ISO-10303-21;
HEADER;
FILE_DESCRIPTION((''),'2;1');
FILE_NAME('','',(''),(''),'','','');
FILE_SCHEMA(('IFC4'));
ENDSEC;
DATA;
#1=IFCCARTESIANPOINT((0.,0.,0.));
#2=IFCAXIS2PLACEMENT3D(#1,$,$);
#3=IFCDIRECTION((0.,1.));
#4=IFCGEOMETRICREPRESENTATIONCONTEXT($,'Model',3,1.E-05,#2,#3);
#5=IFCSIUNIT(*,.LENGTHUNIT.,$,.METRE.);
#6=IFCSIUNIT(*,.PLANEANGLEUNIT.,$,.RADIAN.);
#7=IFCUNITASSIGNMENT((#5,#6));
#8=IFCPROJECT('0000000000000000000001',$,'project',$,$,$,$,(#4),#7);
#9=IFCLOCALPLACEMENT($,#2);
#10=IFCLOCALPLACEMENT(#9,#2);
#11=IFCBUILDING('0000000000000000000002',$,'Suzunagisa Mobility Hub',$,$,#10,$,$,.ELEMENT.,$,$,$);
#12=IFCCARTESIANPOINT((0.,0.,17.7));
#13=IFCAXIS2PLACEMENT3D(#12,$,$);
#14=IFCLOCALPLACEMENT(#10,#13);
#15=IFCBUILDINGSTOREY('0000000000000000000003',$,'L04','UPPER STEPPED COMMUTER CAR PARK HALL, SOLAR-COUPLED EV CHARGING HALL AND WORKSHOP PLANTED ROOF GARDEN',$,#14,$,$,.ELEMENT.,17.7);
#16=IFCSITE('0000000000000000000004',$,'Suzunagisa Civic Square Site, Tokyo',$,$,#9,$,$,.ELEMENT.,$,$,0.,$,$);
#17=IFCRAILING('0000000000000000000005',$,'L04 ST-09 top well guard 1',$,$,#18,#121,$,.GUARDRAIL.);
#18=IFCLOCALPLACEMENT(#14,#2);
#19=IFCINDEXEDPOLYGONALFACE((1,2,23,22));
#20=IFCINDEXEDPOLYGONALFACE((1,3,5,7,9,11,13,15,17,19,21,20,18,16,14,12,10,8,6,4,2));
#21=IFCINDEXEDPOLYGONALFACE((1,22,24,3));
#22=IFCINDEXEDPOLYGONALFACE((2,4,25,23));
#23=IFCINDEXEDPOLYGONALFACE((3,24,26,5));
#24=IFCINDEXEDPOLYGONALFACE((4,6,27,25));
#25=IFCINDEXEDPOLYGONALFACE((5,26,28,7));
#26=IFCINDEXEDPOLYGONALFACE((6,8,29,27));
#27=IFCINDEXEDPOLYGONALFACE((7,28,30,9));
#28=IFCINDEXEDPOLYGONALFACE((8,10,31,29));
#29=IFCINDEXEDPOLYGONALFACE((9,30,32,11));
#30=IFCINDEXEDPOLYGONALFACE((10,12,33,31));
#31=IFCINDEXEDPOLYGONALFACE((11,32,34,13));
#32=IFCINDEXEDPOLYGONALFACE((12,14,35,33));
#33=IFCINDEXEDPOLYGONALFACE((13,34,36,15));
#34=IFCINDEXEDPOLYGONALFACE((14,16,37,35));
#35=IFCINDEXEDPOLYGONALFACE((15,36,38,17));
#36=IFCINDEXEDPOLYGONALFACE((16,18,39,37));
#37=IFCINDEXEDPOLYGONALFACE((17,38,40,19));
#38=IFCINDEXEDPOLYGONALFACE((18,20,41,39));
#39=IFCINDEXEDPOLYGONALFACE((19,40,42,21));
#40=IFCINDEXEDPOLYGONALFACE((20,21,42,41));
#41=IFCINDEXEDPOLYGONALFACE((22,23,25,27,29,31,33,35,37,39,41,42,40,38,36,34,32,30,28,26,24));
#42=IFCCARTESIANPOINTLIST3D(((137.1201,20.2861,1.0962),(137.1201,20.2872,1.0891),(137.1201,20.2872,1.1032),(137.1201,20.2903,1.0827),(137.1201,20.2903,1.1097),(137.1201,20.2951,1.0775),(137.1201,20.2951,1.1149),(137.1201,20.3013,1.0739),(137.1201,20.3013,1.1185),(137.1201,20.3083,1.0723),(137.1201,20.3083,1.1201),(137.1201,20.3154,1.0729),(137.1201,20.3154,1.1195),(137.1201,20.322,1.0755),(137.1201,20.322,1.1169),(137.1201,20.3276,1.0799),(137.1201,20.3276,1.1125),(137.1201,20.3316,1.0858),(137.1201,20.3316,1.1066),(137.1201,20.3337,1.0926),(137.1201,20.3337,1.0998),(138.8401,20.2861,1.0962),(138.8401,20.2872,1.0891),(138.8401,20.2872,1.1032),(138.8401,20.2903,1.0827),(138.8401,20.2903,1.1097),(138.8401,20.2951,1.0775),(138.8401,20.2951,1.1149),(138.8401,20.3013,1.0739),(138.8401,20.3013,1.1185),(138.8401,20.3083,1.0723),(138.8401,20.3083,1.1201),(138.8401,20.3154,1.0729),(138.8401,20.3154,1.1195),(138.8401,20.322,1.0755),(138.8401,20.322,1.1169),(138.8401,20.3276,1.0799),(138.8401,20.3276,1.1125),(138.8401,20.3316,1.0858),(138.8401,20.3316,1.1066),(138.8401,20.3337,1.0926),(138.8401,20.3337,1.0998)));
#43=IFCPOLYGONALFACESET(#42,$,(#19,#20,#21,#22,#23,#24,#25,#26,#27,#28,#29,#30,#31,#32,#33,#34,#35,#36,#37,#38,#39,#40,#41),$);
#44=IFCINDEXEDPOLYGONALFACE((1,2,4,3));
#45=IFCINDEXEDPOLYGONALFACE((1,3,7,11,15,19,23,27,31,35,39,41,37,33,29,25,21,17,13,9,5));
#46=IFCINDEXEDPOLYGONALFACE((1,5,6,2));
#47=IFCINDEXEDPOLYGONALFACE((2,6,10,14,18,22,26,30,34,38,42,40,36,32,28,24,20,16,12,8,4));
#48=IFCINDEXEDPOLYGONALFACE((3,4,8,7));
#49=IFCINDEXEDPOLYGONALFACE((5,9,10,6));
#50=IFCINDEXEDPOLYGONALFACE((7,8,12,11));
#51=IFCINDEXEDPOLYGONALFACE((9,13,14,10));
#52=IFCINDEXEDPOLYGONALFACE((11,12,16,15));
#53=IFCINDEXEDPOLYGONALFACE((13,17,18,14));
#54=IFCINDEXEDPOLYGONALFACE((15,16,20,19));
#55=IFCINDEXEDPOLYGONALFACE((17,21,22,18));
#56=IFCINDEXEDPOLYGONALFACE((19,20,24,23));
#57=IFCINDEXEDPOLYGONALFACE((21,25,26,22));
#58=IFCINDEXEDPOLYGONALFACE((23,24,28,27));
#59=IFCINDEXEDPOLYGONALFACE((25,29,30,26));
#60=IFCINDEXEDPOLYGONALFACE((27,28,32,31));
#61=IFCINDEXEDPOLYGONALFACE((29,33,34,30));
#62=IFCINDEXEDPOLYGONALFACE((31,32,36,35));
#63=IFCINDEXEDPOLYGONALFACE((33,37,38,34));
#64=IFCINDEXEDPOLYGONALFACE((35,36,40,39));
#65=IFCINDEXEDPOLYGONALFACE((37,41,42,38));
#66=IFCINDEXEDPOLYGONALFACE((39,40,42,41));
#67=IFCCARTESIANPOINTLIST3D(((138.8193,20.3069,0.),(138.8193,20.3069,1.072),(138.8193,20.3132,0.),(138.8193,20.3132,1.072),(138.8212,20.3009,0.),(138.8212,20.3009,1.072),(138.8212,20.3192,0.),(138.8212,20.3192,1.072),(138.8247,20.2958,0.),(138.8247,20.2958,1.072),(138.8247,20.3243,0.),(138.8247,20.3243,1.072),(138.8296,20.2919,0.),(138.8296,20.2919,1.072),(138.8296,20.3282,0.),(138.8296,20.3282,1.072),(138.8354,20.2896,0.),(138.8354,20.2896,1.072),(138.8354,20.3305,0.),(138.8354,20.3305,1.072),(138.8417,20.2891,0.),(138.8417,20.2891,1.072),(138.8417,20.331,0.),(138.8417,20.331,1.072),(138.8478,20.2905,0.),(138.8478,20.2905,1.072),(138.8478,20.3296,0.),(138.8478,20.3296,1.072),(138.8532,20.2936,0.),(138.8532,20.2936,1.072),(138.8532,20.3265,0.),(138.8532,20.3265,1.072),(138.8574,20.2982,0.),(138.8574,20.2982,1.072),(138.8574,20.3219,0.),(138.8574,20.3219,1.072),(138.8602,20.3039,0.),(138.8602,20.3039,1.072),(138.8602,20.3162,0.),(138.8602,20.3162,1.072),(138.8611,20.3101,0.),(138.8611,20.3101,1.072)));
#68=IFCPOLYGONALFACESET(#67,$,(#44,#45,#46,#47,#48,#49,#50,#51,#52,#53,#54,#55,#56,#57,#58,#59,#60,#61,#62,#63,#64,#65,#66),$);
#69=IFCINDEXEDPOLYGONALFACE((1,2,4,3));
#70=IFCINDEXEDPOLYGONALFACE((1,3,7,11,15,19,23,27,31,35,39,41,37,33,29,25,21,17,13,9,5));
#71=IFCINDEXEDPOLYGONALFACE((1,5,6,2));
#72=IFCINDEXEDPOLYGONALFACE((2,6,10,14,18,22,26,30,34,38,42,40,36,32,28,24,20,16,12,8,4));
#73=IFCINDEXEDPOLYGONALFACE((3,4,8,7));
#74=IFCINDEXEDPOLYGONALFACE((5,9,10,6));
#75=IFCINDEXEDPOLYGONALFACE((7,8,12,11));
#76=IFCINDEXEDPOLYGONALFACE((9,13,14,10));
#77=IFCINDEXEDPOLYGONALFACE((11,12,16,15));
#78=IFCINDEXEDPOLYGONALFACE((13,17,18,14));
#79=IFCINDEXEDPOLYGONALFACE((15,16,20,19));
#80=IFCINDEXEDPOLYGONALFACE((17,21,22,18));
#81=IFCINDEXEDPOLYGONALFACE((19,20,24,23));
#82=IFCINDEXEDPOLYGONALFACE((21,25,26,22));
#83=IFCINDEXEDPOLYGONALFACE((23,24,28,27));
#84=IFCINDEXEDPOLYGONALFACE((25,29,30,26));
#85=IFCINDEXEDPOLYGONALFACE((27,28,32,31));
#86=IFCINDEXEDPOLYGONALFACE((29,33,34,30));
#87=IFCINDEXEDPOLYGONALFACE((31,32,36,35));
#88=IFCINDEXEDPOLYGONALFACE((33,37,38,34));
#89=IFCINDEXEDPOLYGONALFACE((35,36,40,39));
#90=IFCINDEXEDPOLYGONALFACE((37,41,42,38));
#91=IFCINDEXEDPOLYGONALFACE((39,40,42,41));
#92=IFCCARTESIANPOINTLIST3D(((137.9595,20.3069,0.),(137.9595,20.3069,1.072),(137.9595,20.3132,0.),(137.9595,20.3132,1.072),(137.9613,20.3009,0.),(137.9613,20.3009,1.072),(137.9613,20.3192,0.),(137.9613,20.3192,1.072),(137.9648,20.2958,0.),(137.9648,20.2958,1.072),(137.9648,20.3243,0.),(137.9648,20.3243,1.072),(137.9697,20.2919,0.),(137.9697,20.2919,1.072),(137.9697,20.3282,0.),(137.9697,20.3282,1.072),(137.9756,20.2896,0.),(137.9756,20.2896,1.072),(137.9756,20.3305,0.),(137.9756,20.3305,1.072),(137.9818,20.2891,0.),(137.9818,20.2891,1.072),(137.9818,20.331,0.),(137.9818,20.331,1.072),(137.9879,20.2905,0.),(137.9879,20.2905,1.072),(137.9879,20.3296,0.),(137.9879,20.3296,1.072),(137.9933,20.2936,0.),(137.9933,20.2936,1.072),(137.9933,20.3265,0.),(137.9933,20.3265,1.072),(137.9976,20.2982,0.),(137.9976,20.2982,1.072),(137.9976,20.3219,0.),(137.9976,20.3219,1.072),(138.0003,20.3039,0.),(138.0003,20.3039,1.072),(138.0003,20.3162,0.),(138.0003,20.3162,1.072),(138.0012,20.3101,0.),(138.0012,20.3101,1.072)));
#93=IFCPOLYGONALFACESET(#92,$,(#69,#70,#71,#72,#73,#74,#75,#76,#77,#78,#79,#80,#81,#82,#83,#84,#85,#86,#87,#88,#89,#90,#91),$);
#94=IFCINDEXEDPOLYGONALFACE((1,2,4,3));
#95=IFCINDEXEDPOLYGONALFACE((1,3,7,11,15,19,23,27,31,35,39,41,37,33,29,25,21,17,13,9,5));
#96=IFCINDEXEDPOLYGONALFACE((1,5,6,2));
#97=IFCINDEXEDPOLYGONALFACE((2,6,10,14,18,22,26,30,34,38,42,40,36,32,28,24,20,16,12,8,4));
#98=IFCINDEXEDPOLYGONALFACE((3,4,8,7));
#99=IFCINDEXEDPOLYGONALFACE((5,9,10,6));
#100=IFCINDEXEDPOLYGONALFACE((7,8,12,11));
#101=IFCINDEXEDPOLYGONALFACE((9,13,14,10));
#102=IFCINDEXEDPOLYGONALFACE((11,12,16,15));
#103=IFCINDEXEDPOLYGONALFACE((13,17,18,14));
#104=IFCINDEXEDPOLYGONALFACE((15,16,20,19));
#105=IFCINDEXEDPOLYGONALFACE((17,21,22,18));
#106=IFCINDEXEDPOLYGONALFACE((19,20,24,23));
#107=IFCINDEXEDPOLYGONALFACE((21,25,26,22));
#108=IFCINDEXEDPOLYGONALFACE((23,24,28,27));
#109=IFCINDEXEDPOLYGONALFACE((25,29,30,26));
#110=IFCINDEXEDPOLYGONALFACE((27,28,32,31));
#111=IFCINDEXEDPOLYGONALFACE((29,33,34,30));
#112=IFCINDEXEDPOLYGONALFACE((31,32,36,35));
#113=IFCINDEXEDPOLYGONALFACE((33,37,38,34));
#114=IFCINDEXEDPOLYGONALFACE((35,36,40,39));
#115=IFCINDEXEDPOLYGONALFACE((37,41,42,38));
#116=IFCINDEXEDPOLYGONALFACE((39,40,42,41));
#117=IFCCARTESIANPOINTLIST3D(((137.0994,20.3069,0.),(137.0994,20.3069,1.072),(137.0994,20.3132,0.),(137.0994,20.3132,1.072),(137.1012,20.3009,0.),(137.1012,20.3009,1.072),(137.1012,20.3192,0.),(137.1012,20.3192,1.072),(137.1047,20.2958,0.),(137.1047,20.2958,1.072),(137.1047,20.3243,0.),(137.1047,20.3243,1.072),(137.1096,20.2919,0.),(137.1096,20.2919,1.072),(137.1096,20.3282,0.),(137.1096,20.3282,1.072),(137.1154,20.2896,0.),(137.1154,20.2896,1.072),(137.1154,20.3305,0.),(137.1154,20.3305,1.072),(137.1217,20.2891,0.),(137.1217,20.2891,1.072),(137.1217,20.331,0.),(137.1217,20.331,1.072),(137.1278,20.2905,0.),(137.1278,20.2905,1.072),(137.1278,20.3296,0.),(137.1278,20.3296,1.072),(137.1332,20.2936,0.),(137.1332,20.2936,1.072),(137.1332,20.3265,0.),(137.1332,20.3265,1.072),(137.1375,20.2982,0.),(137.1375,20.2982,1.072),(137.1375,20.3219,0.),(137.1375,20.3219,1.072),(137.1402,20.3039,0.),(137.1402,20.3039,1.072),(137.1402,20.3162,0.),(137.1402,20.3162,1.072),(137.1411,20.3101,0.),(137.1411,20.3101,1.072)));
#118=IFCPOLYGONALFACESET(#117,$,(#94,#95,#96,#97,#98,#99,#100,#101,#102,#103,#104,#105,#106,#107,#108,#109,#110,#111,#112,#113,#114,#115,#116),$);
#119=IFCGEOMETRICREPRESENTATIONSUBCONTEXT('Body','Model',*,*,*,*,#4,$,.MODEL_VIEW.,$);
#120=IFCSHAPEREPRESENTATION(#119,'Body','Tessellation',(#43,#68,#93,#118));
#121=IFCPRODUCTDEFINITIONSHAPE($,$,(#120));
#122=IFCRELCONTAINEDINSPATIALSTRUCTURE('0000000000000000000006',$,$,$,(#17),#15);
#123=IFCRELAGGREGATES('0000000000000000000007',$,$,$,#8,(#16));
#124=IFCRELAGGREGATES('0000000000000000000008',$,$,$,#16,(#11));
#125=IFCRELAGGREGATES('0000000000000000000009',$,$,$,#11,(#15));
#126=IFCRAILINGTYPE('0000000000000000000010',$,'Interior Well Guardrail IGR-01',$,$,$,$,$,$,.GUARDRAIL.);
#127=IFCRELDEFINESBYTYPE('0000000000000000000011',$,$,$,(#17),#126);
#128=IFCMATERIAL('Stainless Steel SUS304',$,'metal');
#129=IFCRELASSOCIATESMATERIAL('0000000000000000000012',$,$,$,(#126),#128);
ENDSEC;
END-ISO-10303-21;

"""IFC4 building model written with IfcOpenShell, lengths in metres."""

from ifc_helpers import new_model, si_unit, direction, frame, origin, origin_2d, place, context, subcontext, project, spatial, circle, extrude, material, type_object, element, save


model = new_model("IFC4")

# Units and contexts
model_context = context("Model", 3, precision=1e-05, world=origin(), true_north=direction((0.0, 1.0)))
body_context = subcontext(model_context, "Body", "Model", "MODEL_VIEW")
ifc_project = project(units=[si_unit("LENGTHUNIT", "METRE"), si_unit("PLANEANGLEUNIT", "RADIAN")], contexts=[model_context])

# Site, building, storey
site_placement = place(None, origin())
site = spatial("IfcSite", under=ifc_project, at=site_placement, Name="Suzunagisa Civic Square Site, Tokyo", CompositionType="ELEMENT", RefElevation=0.0)
building_placement = place(site_placement, origin())
building = spatial("IfcBuilding", under=site, at=building_placement, Name="Suzunagisa Mobility Hub", CompositionType="ELEMENT")
storey_placement = place(building_placement, frame((0.0, 0.0, 17.7)))
storey = spatial("IfcBuildingStorey", under=building, at=storey_placement, Name="L04", Description="UPPER STEPPED COMMUTER CAR PARK HALL, SOLAR-COUPLED EV CHARGING HALL AND WORKSHOP PLANTED ROOF GARDEN", CompositionType="ELEMENT", Elevation=17.7)

# Railing
ifc_material_1 = material(Name="Stainless Steel SUS304", Category="metal")
railing_type_1 = type_object("IfcRailingType", Name="Interior Well Guardrail IGR-01", PredefinedType="GUARDRAIL", material=ifc_material_1)
railing_1_placement = place(storey_placement, frame((138.8401, 20.3101, 0.0)))
element("IfcRailing", 1, at=railing_1_placement, inside=storey, type_object=railing_type_1, Name="L04 ST-09 top well guard 1", PredefinedType="GUARDRAIL", context=body_context, shape_type="SweptSolid", body=[
    extrude(circle(Radius=0.0239, at=origin_2d()), frame((0.0, 0.0, 1.0962), z_axis=(-1.0, 0.0, 0.0), x_axis=(0.0, -1.0, 0.0)), (0.0, 0.0, 1.0), 1.72),
    extrude(circle(Radius=0.021, at=origin_2d()), origin(), (0.0, 0.0, 1.0), 1.072),
    extrude(circle(Radius=0.021, at=origin_2d()), frame((-0.8599, 0.0, 0.0)), (0.0, 0.0, 1.0), 1.072),
    extrude(circle(Radius=0.021, at=origin_2d()), frame((-1.72, 0.0, 0.0)), (0.0, 0.0, 1.0), 1.072),
])

save(model, "model.ifc")
